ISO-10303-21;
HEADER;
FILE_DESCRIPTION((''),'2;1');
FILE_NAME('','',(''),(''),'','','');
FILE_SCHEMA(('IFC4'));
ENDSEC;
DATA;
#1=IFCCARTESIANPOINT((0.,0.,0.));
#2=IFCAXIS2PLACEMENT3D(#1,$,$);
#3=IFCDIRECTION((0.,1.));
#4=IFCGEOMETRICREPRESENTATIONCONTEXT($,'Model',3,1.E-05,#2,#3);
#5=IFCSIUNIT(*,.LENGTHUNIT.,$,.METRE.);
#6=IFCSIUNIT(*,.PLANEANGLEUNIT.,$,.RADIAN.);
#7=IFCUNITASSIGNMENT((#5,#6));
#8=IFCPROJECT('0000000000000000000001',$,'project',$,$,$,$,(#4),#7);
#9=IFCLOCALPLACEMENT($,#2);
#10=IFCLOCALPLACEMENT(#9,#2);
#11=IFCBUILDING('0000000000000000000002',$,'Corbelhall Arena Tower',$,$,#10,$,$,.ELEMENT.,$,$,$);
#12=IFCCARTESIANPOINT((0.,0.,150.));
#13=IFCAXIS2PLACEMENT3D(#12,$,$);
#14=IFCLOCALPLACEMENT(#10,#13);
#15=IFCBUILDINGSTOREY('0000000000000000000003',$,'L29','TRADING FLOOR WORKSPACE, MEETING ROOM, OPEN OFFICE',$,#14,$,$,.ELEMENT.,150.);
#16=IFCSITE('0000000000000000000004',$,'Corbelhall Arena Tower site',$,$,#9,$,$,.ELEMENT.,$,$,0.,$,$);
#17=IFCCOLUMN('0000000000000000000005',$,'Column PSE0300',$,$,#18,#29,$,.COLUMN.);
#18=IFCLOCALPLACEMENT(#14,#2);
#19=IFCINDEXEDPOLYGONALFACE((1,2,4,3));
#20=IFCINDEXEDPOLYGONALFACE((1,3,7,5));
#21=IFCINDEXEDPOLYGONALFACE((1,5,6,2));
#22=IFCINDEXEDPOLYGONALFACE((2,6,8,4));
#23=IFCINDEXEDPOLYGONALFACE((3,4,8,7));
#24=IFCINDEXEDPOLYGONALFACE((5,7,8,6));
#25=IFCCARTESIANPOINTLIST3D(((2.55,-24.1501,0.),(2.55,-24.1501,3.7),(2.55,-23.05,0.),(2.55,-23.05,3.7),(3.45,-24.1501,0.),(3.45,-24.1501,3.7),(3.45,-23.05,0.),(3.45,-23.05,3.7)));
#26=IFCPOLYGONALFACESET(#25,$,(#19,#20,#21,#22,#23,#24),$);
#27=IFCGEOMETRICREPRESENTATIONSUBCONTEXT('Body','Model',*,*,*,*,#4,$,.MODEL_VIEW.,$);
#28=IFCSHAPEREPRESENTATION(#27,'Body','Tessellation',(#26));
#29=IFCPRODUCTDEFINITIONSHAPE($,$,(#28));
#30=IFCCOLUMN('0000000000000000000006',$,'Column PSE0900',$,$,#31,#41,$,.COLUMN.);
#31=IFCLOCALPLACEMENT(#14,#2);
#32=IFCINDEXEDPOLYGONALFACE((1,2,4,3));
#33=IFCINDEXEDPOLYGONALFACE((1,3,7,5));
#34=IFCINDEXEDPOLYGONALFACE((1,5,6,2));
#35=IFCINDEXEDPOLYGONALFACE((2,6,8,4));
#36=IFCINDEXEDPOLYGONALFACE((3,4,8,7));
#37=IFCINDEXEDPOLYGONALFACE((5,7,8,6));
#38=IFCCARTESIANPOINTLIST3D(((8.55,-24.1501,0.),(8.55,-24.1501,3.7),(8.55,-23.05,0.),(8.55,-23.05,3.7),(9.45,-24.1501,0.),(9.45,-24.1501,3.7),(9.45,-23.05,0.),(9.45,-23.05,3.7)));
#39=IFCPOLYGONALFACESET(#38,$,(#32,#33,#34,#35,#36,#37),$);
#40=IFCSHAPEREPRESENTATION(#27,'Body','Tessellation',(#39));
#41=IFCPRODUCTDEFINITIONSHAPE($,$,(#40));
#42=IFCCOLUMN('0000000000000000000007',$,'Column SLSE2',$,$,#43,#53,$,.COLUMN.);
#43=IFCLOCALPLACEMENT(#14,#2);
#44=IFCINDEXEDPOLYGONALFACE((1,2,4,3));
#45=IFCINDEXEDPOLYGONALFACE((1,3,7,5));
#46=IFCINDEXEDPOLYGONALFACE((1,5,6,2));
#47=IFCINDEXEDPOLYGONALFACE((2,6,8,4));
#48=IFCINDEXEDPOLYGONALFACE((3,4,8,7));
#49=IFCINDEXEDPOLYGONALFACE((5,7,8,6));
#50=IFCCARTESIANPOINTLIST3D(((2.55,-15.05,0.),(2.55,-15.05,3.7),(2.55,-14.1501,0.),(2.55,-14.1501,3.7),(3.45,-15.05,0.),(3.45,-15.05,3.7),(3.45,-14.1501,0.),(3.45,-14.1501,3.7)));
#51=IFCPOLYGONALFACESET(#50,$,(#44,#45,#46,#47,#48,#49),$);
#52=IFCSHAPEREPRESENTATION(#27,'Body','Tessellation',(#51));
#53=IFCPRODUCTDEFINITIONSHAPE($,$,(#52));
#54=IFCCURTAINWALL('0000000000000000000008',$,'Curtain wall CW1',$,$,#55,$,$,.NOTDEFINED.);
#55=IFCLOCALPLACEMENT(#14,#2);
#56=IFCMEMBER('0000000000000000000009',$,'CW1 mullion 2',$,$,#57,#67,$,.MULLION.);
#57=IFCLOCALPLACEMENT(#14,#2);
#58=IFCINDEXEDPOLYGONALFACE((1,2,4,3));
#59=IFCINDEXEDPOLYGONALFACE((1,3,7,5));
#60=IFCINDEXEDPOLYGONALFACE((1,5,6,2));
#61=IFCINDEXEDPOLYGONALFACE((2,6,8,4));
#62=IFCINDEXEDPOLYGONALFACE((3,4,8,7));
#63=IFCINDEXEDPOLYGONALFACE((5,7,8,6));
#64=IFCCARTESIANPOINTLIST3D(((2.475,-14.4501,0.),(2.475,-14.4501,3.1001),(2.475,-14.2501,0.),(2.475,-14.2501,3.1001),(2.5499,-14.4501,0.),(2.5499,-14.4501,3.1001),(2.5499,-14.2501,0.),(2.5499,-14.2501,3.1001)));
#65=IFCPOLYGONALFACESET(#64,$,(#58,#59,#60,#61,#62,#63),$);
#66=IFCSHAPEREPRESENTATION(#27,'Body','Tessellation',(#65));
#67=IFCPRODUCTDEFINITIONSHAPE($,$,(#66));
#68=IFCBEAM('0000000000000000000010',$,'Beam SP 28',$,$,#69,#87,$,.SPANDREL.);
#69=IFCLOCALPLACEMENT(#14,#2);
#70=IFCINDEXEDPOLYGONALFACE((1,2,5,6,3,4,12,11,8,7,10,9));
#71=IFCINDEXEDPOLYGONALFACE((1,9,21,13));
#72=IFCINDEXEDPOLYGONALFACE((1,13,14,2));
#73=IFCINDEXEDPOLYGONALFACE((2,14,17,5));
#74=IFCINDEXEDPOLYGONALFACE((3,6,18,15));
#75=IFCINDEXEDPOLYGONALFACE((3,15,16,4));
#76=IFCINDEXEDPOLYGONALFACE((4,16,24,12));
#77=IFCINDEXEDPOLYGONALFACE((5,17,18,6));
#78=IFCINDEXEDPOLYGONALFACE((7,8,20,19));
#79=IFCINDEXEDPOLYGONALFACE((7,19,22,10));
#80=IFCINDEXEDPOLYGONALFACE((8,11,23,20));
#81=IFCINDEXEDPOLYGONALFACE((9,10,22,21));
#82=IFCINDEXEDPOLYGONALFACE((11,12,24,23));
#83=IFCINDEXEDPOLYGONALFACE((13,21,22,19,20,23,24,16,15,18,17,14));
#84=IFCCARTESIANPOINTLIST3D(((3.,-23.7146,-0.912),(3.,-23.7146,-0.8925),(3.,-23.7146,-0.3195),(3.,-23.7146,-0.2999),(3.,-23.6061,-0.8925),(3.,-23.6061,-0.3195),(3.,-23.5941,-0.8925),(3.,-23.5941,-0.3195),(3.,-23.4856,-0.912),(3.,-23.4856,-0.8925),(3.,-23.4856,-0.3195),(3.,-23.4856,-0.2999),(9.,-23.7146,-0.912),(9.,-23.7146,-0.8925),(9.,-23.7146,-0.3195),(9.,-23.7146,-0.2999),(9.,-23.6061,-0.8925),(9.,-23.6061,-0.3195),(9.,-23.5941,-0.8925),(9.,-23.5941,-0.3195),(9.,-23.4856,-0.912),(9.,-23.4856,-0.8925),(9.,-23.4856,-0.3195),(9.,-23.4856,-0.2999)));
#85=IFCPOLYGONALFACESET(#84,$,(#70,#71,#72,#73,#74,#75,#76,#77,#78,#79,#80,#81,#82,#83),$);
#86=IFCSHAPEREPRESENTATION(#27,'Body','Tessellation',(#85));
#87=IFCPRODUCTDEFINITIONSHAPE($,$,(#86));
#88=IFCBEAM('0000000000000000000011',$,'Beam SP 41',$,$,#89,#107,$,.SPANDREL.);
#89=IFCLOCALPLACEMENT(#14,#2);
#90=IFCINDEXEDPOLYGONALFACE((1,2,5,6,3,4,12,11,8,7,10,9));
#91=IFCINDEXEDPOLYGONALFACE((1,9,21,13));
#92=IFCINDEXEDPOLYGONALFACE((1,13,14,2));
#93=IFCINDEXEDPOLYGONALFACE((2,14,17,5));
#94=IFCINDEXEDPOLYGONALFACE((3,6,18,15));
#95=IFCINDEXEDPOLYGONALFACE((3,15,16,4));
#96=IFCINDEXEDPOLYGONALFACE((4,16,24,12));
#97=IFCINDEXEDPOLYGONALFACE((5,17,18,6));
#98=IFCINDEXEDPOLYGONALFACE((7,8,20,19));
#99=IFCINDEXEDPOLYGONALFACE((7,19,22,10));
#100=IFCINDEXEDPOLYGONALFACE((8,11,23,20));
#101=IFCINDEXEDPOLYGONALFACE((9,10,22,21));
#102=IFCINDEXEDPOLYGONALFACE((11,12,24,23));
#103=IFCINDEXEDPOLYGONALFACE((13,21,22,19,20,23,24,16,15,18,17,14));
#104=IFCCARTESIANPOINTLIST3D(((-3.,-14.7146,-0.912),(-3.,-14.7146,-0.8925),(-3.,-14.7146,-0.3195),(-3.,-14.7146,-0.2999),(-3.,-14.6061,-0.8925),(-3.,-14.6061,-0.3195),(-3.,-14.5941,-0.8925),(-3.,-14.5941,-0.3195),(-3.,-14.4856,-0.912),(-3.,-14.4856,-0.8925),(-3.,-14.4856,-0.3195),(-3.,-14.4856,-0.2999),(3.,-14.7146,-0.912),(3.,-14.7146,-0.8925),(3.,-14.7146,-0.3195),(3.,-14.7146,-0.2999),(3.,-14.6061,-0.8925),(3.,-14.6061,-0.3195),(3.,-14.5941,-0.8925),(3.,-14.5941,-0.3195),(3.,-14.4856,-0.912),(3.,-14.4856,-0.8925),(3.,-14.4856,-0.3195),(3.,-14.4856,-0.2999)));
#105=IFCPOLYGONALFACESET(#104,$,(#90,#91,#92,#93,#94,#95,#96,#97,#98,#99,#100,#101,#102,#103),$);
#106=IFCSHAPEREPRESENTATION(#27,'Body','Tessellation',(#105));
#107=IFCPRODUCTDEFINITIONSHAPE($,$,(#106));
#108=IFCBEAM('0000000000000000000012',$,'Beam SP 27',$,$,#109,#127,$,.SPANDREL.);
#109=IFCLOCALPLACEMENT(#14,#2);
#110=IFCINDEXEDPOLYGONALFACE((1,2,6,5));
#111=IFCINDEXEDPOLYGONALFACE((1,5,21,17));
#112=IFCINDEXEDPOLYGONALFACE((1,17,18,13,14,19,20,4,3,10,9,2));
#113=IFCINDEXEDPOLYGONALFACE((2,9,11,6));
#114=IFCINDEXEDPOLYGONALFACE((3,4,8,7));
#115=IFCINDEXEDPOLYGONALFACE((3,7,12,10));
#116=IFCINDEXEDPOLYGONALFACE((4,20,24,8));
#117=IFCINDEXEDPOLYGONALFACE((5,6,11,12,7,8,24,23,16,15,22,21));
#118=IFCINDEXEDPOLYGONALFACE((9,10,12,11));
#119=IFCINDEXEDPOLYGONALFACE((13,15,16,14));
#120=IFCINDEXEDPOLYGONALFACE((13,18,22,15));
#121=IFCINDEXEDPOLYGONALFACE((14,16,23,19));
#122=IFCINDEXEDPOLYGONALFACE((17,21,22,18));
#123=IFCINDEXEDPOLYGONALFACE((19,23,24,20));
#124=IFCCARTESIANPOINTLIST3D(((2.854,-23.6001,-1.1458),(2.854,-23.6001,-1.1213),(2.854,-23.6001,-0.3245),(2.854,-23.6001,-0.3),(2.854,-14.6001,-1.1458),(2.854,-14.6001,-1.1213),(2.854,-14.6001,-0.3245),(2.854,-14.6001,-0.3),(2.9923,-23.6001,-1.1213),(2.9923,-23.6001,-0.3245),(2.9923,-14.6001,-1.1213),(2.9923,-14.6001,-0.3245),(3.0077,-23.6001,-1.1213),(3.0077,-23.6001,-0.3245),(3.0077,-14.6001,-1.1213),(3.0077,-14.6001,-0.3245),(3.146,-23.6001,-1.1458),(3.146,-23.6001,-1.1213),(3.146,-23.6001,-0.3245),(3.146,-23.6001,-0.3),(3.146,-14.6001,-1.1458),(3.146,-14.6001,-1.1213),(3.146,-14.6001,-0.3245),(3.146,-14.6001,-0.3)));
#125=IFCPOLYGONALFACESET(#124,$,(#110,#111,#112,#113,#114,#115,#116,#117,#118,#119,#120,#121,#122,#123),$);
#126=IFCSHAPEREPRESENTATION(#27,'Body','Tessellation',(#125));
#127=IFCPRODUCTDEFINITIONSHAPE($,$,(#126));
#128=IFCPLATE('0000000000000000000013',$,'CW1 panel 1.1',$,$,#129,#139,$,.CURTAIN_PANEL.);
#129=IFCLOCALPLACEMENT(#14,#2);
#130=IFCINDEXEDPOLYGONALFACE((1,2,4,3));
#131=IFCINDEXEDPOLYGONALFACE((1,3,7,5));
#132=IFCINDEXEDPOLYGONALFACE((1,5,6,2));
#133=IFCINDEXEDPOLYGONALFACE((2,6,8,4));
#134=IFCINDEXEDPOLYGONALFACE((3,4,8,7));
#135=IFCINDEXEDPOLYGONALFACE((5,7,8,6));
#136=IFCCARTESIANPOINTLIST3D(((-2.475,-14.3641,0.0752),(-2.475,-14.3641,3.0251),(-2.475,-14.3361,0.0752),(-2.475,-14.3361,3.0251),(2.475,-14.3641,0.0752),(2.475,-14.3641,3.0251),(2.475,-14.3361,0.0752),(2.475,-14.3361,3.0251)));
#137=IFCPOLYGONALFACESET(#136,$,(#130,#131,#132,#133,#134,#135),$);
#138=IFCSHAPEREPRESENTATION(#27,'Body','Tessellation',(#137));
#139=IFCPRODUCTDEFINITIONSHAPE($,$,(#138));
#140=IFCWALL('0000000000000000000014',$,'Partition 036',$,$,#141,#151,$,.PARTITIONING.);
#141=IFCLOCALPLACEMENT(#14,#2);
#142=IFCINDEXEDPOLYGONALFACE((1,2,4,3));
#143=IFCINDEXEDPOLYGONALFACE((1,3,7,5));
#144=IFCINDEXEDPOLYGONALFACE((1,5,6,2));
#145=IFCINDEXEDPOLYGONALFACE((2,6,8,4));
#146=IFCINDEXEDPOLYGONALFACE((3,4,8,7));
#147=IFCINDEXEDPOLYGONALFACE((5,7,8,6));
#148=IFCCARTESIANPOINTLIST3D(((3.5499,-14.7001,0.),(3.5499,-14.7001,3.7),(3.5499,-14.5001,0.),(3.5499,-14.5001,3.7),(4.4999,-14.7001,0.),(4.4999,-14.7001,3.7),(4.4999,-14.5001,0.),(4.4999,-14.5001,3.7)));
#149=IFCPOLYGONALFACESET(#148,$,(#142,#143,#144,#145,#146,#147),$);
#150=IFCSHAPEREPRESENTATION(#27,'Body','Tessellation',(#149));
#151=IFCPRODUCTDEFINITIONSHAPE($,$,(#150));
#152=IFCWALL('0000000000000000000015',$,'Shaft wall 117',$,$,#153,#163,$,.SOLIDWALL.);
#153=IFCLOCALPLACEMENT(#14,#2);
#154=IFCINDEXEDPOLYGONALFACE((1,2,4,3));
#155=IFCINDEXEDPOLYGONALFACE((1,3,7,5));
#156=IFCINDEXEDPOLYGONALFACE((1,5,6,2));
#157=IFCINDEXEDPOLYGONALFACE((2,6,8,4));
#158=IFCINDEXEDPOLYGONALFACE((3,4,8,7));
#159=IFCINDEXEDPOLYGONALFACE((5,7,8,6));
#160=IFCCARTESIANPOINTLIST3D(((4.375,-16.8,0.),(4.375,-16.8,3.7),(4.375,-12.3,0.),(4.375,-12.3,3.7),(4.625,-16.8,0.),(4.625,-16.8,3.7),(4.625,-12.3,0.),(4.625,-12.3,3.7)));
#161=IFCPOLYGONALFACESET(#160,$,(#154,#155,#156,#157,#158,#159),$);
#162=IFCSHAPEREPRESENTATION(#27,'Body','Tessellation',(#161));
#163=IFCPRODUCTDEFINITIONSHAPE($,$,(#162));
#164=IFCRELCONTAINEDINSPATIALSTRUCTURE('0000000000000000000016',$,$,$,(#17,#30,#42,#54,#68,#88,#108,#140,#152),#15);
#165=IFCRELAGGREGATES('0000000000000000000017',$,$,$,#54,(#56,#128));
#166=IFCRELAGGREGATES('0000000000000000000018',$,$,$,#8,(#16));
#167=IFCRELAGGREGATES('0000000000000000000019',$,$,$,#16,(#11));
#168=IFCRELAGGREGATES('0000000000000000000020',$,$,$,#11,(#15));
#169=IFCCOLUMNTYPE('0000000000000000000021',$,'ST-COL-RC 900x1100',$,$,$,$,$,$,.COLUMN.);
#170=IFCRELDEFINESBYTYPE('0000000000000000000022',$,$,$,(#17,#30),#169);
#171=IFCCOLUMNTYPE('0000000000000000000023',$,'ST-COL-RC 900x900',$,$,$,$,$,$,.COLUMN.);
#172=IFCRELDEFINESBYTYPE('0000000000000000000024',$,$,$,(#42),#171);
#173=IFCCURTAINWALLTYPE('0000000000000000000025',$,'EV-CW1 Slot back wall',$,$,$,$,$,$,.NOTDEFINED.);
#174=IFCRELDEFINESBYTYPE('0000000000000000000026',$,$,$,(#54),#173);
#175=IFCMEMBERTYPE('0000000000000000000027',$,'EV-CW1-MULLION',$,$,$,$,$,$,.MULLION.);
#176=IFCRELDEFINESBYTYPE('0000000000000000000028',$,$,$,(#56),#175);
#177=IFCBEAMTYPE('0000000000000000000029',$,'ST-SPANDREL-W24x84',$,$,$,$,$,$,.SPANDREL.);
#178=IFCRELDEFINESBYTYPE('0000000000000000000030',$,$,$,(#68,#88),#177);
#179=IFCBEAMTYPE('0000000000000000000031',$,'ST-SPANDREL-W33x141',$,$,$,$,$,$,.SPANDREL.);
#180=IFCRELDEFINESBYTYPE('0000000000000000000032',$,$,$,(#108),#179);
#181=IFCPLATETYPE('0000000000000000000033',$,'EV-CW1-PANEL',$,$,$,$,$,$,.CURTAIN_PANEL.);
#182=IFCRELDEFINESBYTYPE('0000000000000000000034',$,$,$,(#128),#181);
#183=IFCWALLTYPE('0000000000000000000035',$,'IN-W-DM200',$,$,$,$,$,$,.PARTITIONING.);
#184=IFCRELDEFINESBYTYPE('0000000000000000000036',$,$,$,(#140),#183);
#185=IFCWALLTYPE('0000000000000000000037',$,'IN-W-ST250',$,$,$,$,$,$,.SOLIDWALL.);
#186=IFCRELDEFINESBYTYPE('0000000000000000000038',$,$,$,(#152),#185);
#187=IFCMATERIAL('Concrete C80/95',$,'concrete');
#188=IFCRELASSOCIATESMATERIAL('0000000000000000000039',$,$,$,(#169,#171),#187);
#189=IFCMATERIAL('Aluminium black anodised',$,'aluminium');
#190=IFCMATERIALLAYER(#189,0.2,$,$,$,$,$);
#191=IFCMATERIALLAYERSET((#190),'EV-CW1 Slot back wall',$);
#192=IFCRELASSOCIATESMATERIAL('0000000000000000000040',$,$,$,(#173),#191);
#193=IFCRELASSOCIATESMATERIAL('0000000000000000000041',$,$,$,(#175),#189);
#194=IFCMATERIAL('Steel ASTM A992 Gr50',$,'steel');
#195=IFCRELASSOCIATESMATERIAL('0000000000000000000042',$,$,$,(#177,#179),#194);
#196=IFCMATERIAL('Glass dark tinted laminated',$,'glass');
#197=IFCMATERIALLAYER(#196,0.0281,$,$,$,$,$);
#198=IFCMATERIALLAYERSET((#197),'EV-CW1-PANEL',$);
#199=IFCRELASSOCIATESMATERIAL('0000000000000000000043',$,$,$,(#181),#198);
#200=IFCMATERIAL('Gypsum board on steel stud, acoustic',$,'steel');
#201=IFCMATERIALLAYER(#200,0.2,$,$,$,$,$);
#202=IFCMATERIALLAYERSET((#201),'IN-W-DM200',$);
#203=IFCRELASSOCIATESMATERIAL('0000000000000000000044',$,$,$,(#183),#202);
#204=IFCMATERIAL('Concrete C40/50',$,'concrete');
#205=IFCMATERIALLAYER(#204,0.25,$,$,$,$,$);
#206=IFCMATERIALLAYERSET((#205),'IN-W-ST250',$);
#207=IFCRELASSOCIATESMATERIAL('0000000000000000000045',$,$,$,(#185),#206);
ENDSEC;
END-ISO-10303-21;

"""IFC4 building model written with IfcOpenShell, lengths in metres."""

from ifc_helpers import new_model, si_unit, direction, frame, frame_2d, origin, origin_2d, place, context, subcontext, project, spatial, rectangle, i_section, extrude, material, layer, layer_set, material_profile, profile_set, type_object, element, aggregate, save


model = new_model("IFC4")

# Units and contexts
model_context = context("Model", 3, precision=1e-05, world=origin(), true_north=direction((0.0, 1.0)))
body_context = subcontext(model_context, "Body", "Model", "MODEL_VIEW")
ifc_project = project(units=[si_unit("LENGTHUNIT", "METRE"), si_unit("PLANEANGLEUNIT", "RADIAN")], contexts=[model_context])

# Site, building, storey
site_placement = place(None, origin())
site = spatial("IfcSite", under=ifc_project, at=site_placement, Name="Corbelhall Arena Tower site", CompositionType="ELEMENT", RefElevation=0.0)
building_placement = place(site_placement, origin())
building = spatial("IfcBuilding", under=site, at=building_placement, Name="Corbelhall Arena Tower", CompositionType="ELEMENT")
storey_placement = place(building_placement, frame((0.0, 0.0, 150.0)))
storey = spatial("IfcBuildingStorey", under=building, at=storey_placement, Name="L29", Description="TRADING FLOOR WORKSPACE, MEETING ROOM, OPEN OFFICE", CompositionType="ELEMENT", Elevation=150.0)

# Columns
ifc_material_1 = material(Name="Concrete C80/95", Category="concrete")
ifc_material_profile_1 = material_profile(ifc_material_1, rectangle(XDim=0.8999, YDim=1.1001, at=origin_2d()))
ifc_profile_set_1 = profile_set([ifc_material_profile_1], Name="Concrete C80/95")
column_type_1 = type_object("IfcColumnType", Name="ST-COL-RC 900x1100", PredefinedType="COLUMN", material=ifc_profile_set_1)
for number, where, z_axis, x_axis, name in (
    (1, (3.0, -23.6001, 0.0), (0.0, 0.0, 1.0), (1.0, 0.0, 0.0), "Column PSE0300"),
    (2, (9.0, -23.6001, 0.0), (0.0, 0.0, 1.0), (1.0, 0.0, 0.0), "Column PSE0900"),
):
    element("IfcColumn", number, at=place(storey_placement, frame(where, z_axis=z_axis, x_axis=x_axis)), inside=storey, type_object=column_type_1, Name=name, PredefinedType="COLUMN", context=body_context, shape_type="SweptSolid", body=[
        extrude(rectangle(XDim=0.8999, YDim=1.1001, at=origin_2d()), origin(), (0.0, 0.0, 1.0), 3.7),
    ])
ifc_material_profile_2 = material_profile(ifc_material_1, rectangle(XDim=0.8999, YDim=0.8999, at=origin_2d()))
ifc_profile_set_2 = profile_set([ifc_material_profile_2], Name="Concrete C80/95")
column_type_2 = type_object("IfcColumnType", Name="ST-COL-RC 900x900", PredefinedType="COLUMN", material=ifc_profile_set_2)
column_placement = place(storey_placement, frame((3.0, -14.6001, 0.0), z_axis=(0.0, 0.0, 1.0), x_axis=(1.0, 0.0, 0.0)))
element("IfcColumn", 3, at=column_placement, inside=storey, type_object=column_type_2, Name="Column SLSE2", PredefinedType="COLUMN", context=body_context, shape_type="SweptSolid", body=[
    extrude(rectangle(XDim=0.8999, YDim=0.8999, at=origin_2d()), origin(), (0.0, 0.0, 1.0), 3.7),
])

# Curtain wall, member
ifc_material_2 = material(Name="Aluminium black anodised", Category="aluminium")
ifc_layer_1 = layer(ifc_material_2, 0.2)
ifc_layer_set_1 = layer_set([ifc_layer_1], Name="EV-CW1 Slot back wall")
curtain_wall_type = type_object("IfcCurtainWallType", Name="EV-CW1 Slot back wall", PredefinedType="NOTDEFINED", material=ifc_layer_set_1)
curtain_wall_placement = place(storey_placement, origin())
curtain_wall = element("IfcCurtainWall", 4, at=curtain_wall_placement, inside=storey, type_object=curtain_wall_type, Name="Curtain wall CW1", PredefinedType="NOTDEFINED")
ifc_material_profile_3 = material_profile(ifc_material_2, rectangle(XDim=0.2, YDim=0.075, at=origin_2d()))
ifc_profile_set_3 = profile_set([ifc_material_profile_3], Name="Aluminium black anodised")
member_type = type_object("IfcMemberType", Name="EV-CW1-MULLION", PredefinedType="MULLION", material=ifc_profile_set_3)
member_placement = place(storey_placement, frame((2.5125, -14.3501, 0.0), z_axis=(0.0, 0.0, 1.0), x_axis=(0.0, 1.0, 0.0)))
member = element("IfcMember", 5, at=member_placement, type_object=member_type, Name="CW1 mullion 2", PredefinedType="MULLION", context=body_context, shape_type="SweptSolid", body=[
    extrude(rectangle(XDim=0.2, YDim=0.075, at=origin_2d()), origin(), (0.0, 0.0, 1.0), 3.1001),
])

# Beams
ifc_material_3 = material(Name="Steel ASTM A992 Gr50", Category="steel")
ifc_material_profile_4 = material_profile(ifc_material_3, i_section(OverallWidth=0.229, OverallDepth=0.6121, WebThickness=0.012, FlangeThickness=0.0195, at=origin_2d()))
ifc_profile_set_4 = profile_set([ifc_material_profile_4], Name="Steel ASTM A992 Gr50")
beam_type_1 = type_object("IfcBeamType", Name="ST-SPANDREL-W24x84", PredefinedType="SPANDREL", material=ifc_profile_set_4)
for number, where, z_axis, x_axis, name in (
    (6, (9.0, -23.6001, -0.606), (-1.0, 0.0, 0.0), (0.0, -1.0, 0.0), "Beam SP 28"),
    (7, (3.0, -14.6001, -0.606), (-1.0, 0.0, 0.0), (0.0, -1.0, 0.0), "Beam SP 41"),
):
    element("IfcBeam", number, at=place(storey_placement, frame(where, z_axis=z_axis, x_axis=x_axis)), inside=storey, type_object=beam_type_1, Name=name, PredefinedType="SPANDREL", context=body_context, shape_type="SweptSolid", body=[
        extrude(i_section(OverallWidth=0.229, OverallDepth=0.6121, WebThickness=0.012, FlangeThickness=0.0195, at=origin_2d()), origin(), (0.0, 0.0, 1.0), 6.0),
    ])
ifc_material_profile_5 = material_profile(ifc_material_3, i_section(OverallWidth=0.292, OverallDepth=0.8457, WebThickness=0.0154, FlangeThickness=0.0244, at=origin_2d()))
ifc_profile_set_5 = profile_set([ifc_material_profile_5], Name="Steel ASTM A992 Gr50")
beam_type_2 = type_object("IfcBeamType", Name="ST-SPANDREL-W33x141", PredefinedType="SPANDREL", material=ifc_profile_set_5)
beam_placement = place(storey_placement, frame((3.0, -23.6001, -0.7229), z_axis=(0.0, 1.0, 0.0), x_axis=(-1.0, 0.0, 0.0)))
element("IfcBeam", 8, at=beam_placement, inside=storey, type_object=beam_type_2, Name="Beam SP 27", PredefinedType="SPANDREL", context=body_context, shape_type="SweptSolid", body=[
    extrude(i_section(OverallWidth=0.292, OverallDepth=0.8457, WebThickness=0.0154, FlangeThickness=0.0244, at=origin_2d()), origin(), (0.0, 0.0, 1.0), 9.0),
])

# Plate
ifc_material_4 = material(Name="Glass dark tinted laminated", Category="glass")
ifc_layer_2 = layer(ifc_material_4, 0.0281)
ifc_layer_set_2 = layer_set([ifc_layer_2], Name="EV-CW1-PANEL")
plate_type = type_object("IfcPlateType", Name="EV-CW1-PANEL", PredefinedType="CURTAIN_PANEL", material=ifc_layer_set_2)
plate_placement = place(storey_placement, frame((0.0, -14.3501, 0.0752), z_axis=(0.0, 0.0, 1.0), x_axis=(1.0, 0.0, 0.0)))
plate = element("IfcPlate", 9, at=plate_placement, type_object=plate_type, Name="CW1 panel 1.1", PredefinedType="CURTAIN_PANEL", context=body_context, shape_type="SweptSolid", body=[
    extrude(rectangle(XDim=4.95, YDim=0.0281, at=origin_2d()), origin(), (0.0, 0.0, 1.0), 2.95),
])
aggregate(curtain_wall, [member, plate])

# Walls
ifc_material_5 = material(Name="Gypsum board on steel stud, acoustic", Category="steel")
ifc_layer_3 = layer(ifc_material_5, 0.2)
ifc_layer_set_3 = layer_set([ifc_layer_3], Name="IN-W-DM200")
wall_type_1 = type_object("IfcWallType", Name="IN-W-DM200", PredefinedType="PARTITIONING", material=ifc_layer_set_3)
wall_1_placement = place(storey_placement, frame((4.5, -14.6001, 0.0), z_axis=(0.0, 0.0, 1.0), x_axis=(-1.0, 0.0, 0.0)))
element("IfcWall", 10, at=wall_1_placement, inside=storey, type_object=wall_type_1, Name="Partition 036", PredefinedType="PARTITIONING", context=body_context, shape_type="SweptSolid", body=[
    extrude(rectangle(XDim=0.95, YDim=0.2, at=frame_2d((0.4751, 0.0))), origin(), (0.0, 0.0, 1.0), 3.7),
])
ifc_material_6 = material(Name="Concrete C40/50", Category="concrete")
ifc_layer_4 = layer(ifc_material_6, 0.25)
ifc_layer_set_4 = layer_set([ifc_layer_4], Name="IN-W-ST250")
wall_type_2 = type_object("IfcWallType", Name="IN-W-ST250", PredefinedType="SOLIDWALL", material=ifc_layer_set_4)
wall_2_placement = place(storey_placement, frame((4.5, -16.8, 0.0), z_axis=(0.0, 0.0, 1.0), x_axis=(0.0, 1.0, 0.0)))
element("IfcWall", 11, at=wall_2_placement, inside=storey, type_object=wall_type_2, Name="Shaft wall 117", PredefinedType="SOLIDWALL", context=body_context, shape_type="SweptSolid", body=[
    extrude(rectangle(XDim=4.5, YDim=0.25, at=frame_2d((2.25, 0.0))), origin(), (0.0, 0.0, 1.0), 3.7),
])

save(model, "model.ifc")
